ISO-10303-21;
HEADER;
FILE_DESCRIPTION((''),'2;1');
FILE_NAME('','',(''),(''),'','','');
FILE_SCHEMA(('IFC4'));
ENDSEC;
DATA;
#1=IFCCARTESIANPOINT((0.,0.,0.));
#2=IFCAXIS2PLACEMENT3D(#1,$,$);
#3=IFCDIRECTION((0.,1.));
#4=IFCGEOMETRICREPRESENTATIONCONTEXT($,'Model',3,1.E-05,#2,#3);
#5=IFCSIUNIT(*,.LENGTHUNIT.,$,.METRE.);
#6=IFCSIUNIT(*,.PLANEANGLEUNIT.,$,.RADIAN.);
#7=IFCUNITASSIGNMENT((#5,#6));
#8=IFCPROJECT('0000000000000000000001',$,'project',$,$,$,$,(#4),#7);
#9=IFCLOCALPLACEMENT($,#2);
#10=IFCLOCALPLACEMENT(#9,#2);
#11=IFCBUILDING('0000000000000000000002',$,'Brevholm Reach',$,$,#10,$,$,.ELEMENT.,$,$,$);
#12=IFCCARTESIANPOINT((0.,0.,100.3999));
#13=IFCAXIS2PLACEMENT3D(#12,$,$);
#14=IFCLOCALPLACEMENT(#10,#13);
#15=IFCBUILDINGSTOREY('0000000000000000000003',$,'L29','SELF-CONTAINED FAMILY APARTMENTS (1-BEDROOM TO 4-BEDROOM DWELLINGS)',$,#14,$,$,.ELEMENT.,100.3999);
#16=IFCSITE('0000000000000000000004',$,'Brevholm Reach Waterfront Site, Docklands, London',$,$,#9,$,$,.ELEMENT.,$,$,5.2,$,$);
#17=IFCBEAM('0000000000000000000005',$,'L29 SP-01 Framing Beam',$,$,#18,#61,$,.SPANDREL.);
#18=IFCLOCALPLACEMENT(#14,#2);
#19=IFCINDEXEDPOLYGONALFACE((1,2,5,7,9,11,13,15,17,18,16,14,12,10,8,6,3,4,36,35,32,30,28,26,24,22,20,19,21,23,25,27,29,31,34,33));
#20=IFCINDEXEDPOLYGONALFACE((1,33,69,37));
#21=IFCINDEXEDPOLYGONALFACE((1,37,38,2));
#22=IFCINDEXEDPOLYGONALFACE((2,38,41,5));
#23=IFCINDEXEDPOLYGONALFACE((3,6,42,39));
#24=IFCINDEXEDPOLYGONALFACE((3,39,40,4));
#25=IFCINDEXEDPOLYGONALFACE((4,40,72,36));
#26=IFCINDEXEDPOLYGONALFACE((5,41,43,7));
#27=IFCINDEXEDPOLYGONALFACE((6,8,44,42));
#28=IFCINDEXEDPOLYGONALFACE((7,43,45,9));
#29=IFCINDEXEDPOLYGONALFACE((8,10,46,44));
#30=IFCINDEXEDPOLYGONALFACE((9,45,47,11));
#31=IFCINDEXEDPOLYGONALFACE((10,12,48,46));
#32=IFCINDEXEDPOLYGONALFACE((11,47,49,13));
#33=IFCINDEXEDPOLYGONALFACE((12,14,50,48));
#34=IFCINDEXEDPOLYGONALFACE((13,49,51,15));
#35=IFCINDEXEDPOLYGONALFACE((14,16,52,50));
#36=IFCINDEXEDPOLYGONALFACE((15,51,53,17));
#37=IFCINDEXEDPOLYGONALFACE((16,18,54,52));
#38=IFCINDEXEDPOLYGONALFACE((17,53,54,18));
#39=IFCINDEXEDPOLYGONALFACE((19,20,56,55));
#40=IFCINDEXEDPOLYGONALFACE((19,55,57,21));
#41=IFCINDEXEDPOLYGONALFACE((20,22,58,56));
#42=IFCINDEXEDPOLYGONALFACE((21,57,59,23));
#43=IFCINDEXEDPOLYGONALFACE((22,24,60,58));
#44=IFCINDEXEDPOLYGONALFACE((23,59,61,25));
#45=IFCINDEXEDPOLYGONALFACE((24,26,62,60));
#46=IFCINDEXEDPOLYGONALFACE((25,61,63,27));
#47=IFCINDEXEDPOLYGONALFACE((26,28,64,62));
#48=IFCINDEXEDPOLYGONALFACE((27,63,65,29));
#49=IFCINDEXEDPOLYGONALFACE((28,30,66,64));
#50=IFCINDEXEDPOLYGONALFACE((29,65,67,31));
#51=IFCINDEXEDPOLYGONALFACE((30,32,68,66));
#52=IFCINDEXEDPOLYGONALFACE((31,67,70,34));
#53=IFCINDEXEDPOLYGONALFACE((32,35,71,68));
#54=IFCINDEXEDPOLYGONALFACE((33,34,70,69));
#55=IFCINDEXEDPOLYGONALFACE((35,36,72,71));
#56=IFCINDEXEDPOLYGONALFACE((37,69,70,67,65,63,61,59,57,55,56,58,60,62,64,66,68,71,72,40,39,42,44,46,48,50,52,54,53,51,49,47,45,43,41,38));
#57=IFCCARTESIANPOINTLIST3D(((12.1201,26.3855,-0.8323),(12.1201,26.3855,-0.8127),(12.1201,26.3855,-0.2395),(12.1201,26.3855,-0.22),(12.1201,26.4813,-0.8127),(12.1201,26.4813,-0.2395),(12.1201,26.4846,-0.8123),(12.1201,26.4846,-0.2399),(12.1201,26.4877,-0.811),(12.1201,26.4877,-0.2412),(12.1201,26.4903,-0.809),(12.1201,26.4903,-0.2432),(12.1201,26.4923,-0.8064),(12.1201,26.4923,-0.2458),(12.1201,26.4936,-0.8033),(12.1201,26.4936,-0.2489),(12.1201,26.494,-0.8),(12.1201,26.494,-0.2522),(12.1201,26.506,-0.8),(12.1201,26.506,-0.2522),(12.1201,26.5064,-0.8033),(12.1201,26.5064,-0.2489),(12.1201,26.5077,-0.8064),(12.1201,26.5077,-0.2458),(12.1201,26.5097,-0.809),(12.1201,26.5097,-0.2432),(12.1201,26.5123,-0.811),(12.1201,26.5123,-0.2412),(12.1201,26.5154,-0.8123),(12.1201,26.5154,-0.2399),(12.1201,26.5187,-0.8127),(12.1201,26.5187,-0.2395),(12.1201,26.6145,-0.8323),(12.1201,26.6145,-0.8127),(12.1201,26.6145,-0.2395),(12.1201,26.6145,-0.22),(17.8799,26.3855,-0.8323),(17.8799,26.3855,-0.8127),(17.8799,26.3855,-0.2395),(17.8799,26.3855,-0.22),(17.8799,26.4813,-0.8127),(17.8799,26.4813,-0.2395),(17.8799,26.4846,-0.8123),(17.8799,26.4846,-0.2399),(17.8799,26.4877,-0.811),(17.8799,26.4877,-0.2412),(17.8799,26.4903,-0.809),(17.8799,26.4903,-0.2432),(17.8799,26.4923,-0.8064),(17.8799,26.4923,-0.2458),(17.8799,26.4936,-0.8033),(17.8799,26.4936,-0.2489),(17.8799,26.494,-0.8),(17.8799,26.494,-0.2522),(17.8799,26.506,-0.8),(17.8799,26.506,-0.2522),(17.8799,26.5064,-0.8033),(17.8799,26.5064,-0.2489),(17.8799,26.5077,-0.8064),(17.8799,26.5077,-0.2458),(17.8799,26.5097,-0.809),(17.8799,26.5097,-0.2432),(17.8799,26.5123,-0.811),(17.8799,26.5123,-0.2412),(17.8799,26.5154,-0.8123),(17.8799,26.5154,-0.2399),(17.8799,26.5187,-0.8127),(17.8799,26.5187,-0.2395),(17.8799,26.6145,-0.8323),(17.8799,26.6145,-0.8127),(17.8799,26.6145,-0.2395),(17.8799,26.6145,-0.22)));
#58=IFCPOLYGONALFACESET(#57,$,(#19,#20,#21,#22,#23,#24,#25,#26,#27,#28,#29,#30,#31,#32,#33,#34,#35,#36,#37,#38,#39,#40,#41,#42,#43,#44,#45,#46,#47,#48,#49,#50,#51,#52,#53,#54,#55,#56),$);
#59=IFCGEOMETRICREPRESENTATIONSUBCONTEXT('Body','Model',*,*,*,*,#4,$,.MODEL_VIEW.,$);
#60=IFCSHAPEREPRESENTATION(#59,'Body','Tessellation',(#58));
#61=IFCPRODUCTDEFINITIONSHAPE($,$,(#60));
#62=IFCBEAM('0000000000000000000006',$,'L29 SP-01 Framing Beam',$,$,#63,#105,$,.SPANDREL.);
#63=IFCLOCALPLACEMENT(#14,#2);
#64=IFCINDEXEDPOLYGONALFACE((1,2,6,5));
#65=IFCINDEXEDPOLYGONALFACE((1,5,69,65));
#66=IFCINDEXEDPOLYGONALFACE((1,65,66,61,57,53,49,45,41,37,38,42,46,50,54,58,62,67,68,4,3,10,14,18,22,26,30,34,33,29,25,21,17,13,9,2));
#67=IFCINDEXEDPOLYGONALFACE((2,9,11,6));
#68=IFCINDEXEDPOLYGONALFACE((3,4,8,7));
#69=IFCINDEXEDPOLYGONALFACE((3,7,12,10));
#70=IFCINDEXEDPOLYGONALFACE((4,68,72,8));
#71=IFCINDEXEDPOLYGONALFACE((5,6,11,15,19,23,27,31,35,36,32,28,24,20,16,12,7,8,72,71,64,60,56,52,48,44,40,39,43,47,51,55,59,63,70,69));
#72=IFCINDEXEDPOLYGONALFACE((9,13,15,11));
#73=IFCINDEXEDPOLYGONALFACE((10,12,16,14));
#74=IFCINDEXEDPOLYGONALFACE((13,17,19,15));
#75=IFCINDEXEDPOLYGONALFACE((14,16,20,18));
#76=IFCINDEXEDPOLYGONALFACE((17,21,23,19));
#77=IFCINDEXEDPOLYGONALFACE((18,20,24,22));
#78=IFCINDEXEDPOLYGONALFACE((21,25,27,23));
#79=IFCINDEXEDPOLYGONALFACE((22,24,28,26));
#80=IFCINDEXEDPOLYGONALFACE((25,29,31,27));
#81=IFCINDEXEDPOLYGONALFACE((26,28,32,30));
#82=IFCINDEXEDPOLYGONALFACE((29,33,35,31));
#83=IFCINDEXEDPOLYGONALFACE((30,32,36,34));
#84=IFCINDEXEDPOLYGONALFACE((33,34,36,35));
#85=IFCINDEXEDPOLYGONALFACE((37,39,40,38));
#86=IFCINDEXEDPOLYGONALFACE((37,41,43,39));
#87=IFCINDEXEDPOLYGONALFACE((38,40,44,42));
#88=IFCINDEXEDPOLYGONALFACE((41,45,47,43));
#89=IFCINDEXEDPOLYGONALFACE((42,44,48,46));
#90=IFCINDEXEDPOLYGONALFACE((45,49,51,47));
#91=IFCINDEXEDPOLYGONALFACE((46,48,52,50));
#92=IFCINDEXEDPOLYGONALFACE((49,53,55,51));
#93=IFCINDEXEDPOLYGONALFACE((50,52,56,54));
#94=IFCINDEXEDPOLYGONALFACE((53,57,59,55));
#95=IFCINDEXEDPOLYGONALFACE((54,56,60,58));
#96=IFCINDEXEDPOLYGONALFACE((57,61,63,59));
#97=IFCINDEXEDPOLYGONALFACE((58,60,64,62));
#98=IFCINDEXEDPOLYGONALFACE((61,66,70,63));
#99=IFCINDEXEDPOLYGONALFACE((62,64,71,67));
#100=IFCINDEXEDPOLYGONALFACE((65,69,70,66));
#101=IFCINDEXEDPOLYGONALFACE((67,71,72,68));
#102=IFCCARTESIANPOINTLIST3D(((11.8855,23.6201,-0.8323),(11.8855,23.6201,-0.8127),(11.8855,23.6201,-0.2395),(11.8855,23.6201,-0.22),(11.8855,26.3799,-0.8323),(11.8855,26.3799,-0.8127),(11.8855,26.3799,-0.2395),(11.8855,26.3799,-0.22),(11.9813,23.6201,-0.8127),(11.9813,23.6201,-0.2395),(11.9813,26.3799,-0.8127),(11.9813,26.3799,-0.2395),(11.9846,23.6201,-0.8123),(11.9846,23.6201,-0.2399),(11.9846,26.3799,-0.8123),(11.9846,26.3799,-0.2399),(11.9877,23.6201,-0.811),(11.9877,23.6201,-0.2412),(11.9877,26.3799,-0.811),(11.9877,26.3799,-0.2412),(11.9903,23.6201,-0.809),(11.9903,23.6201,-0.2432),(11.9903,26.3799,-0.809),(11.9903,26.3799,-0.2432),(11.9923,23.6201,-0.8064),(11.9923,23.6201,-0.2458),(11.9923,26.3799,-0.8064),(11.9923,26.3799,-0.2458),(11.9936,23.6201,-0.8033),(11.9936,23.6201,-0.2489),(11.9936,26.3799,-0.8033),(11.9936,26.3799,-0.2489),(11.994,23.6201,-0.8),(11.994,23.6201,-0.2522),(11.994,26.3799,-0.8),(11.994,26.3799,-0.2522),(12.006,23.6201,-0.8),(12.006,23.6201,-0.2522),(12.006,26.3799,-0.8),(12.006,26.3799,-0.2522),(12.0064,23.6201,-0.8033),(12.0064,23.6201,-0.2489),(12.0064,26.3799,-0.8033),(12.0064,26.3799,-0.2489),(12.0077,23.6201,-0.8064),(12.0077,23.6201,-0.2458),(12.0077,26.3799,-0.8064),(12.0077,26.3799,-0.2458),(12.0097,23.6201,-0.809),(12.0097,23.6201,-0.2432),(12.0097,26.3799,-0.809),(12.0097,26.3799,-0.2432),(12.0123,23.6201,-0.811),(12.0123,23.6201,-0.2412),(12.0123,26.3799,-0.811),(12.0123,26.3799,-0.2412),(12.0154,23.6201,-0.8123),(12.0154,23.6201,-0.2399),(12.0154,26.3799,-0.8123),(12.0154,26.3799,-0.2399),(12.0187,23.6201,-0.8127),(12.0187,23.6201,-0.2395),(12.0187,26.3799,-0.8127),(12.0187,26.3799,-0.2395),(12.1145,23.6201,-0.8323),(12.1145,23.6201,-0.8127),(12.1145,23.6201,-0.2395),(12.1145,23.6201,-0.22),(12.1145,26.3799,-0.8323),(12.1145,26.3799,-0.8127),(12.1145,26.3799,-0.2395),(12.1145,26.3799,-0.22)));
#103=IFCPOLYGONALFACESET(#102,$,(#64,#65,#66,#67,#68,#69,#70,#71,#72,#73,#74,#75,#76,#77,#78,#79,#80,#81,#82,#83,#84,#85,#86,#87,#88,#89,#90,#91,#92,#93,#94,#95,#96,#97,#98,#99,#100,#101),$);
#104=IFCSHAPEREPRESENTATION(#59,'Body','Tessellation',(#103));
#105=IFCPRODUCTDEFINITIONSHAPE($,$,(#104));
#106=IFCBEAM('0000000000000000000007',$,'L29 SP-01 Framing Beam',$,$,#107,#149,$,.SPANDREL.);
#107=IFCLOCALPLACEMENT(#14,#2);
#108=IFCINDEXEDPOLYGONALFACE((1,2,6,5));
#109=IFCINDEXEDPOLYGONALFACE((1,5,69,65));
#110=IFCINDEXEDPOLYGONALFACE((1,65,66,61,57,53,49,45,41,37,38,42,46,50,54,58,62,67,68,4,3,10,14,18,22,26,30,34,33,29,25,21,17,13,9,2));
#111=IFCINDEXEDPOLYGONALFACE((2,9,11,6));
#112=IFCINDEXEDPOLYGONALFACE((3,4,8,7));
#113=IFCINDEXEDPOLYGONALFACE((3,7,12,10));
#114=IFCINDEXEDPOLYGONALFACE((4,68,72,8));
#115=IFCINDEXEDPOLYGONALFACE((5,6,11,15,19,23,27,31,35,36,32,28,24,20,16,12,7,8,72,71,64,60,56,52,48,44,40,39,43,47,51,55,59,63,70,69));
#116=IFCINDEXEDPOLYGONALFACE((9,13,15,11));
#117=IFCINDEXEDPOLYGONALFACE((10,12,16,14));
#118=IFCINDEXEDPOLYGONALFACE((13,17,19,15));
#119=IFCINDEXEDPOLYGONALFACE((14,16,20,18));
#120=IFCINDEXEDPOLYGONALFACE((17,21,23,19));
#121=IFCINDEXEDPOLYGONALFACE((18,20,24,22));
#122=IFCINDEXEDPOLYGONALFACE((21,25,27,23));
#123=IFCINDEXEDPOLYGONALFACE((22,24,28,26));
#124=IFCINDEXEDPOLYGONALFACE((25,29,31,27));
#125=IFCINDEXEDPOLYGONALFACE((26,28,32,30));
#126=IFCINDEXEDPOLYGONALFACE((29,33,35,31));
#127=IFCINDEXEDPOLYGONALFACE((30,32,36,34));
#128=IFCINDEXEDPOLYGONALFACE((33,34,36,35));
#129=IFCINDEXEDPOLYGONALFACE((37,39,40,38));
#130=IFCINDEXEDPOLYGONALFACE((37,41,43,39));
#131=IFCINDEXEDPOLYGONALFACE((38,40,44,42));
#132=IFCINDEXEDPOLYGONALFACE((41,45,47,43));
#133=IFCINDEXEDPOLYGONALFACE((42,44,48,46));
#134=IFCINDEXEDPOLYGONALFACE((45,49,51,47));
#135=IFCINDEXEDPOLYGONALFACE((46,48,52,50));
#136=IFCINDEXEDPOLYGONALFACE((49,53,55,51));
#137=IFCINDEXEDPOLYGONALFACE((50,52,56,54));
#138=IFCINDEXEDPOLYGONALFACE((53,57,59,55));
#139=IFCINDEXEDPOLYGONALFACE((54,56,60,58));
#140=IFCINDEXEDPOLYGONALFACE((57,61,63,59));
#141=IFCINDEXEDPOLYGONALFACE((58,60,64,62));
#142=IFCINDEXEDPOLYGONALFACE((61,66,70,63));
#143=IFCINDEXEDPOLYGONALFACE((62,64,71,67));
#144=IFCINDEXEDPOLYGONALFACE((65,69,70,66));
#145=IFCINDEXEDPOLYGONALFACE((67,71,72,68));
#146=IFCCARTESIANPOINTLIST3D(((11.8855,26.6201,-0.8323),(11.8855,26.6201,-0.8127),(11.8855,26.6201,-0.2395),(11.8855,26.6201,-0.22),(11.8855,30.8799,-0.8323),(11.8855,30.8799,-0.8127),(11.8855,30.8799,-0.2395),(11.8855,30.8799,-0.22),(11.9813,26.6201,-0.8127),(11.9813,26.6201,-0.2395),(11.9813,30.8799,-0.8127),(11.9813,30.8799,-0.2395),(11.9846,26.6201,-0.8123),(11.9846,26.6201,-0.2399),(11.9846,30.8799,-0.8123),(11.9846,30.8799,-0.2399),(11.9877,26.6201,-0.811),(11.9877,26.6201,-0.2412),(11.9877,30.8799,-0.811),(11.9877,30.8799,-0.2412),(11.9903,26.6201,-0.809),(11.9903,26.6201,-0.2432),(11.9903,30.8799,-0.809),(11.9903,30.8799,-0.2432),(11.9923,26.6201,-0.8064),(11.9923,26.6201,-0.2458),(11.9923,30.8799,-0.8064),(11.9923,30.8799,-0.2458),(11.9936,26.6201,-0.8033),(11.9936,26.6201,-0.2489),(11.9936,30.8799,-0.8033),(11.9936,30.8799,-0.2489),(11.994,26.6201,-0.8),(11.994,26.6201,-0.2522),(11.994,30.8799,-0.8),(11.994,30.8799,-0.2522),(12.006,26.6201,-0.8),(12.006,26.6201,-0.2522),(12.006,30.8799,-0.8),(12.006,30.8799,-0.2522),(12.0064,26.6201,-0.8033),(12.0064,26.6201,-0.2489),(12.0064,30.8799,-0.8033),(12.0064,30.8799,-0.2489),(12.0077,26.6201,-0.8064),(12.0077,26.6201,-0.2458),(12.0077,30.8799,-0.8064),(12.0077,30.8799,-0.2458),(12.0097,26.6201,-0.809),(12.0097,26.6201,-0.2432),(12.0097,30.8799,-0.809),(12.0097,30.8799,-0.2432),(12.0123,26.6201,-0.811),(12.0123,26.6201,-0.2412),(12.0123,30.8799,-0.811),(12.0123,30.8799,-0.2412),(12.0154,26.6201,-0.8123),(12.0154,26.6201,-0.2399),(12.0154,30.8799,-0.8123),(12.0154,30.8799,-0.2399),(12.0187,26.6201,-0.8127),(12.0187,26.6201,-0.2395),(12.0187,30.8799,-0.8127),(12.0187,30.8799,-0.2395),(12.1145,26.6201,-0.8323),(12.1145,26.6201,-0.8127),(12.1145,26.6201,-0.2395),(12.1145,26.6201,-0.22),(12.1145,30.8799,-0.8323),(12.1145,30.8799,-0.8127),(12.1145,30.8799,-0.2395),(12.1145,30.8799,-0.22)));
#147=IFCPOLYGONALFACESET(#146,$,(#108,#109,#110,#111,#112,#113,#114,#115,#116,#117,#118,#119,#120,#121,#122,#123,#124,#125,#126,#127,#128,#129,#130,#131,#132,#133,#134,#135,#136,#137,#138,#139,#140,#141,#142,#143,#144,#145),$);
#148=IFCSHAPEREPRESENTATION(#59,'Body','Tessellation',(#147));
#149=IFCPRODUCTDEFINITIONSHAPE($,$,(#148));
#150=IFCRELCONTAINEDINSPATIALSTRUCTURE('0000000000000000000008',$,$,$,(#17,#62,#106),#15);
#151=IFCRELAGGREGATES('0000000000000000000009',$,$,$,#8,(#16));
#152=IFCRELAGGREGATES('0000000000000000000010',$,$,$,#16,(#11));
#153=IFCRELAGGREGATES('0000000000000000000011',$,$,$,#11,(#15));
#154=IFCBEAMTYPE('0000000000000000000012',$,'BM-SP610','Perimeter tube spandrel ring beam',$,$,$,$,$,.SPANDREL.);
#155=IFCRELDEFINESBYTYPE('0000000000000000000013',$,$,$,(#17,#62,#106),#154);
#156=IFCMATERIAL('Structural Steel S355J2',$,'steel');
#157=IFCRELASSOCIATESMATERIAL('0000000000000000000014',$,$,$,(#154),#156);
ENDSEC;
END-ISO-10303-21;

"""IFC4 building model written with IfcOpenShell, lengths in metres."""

from ifc_helpers import new_model, si_unit, direction, frame, origin, origin_2d, place, context, subcontext, project, spatial, i_section, extrude, material, material_profile, profile_set, type_object, element, save


model = new_model("IFC4")

# Units and contexts
model_context = context("Model", 3, precision=1e-05, world=origin(), true_north=direction((0.0, 1.0)))
body_context = subcontext(model_context, "Body", "Model", "MODEL_VIEW")
ifc_project = project(units=[si_unit("LENGTHUNIT", "METRE"), si_unit("PLANEANGLEUNIT", "RADIAN")], contexts=[model_context])

# Site, building, storey
site_placement = place(None, origin())
site = spatial("IfcSite", under=ifc_project, at=site_placement, Name="Brevholm Reach Waterfront Site, Docklands, London", CompositionType="ELEMENT", RefElevation=5.2)
building_placement = place(site_placement, origin())
building = spatial("IfcBuilding", under=site, at=building_placement, Name="Brevholm Reach", CompositionType="ELEMENT")
storey_placement = place(building_placement, frame((0.0, 0.0, 100.3999)))
storey = spatial("IfcBuildingStorey", under=building, at=storey_placement, Name="L29", Description="SELF-CONTAINED FAMILY APARTMENTS (1-BEDROOM TO 4-BEDROOM DWELLINGS)", CompositionType="ELEMENT", Elevation=100.3999)

# Beams
ifc_material_1 = material(Name="Structural Steel S355J2", Category="steel")
ifc_material_profile_1 = material_profile(ifc_material_1, i_section(OverallWidth=0.229, OverallDepth=0.6123, WebThickness=0.012, FlangeThickness=0.0195, FilletRadius=0.0127, at=origin_2d()), Name="UKB 610x229x125")
ifc_profile_set_1 = profile_set([ifc_material_profile_1], Name="Structural Steel S355J2")
beam_type_1 = type_object("IfcBeamType", Name="BM-SP610", Description="Perimeter tube spandrel ring beam", PredefinedType="SPANDREL", material=ifc_profile_set_1)
beam_1_placement = place(storey_placement, frame((12.1201, 26.5, -0.5261), z_axis=(1.0, 0.0, 0.0), x_axis=(0.0, 1.0, 0.0)))
element("IfcBeam", 1, at=beam_1_placement, inside=storey, type_object=beam_type_1, Name="L29 SP-01 Framing Beam", PredefinedType="SPANDREL", context=body_context, shape_type="SweptSolid", body=[
    extrude(i_section(OverallWidth=0.229, OverallDepth=0.6123, WebThickness=0.012, FlangeThickness=0.0195, FilletRadius=0.0127, at=origin_2d()), origin(), (0.0, 0.0, 1.0), 5.7598),
])
beam_2_placement = place(storey_placement, frame((12.0, 23.6201, -0.5261), z_axis=(0.0, 1.0, 0.0), x_axis=(-1.0, 0.0, 0.0)))
element("IfcBeam", 2, at=beam_2_placement, inside=storey, type_object=beam_type_1, Name="L29 SP-01 Framing Beam", PredefinedType="SPANDREL", context=body_context, shape_type="SweptSolid", body=[
    extrude(i_section(OverallWidth=0.229, OverallDepth=0.6123, WebThickness=0.012, FlangeThickness=0.0195, FilletRadius=0.0127, at=origin_2d()), origin(), (0.0, 0.0, 1.0), 2.7598),
])
beam_3_placement = place(storey_placement, frame((12.0, 26.6201, -0.5261), z_axis=(0.0, 1.0, 0.0), x_axis=(-1.0, 0.0, 0.0)))
element("IfcBeam", 3, at=beam_3_placement, inside=storey, type_object=beam_type_1, Name="L29 SP-01 Framing Beam", PredefinedType="SPANDREL", context=body_context, shape_type="SweptSolid", body=[
    extrude(i_section(OverallWidth=0.229, OverallDepth=0.6123, WebThickness=0.012, FlangeThickness=0.0195, FilletRadius=0.0127, at=origin_2d()), origin(), (0.0, 0.0, 1.0), 4.2598),
])

save(model, "model.ifc")
